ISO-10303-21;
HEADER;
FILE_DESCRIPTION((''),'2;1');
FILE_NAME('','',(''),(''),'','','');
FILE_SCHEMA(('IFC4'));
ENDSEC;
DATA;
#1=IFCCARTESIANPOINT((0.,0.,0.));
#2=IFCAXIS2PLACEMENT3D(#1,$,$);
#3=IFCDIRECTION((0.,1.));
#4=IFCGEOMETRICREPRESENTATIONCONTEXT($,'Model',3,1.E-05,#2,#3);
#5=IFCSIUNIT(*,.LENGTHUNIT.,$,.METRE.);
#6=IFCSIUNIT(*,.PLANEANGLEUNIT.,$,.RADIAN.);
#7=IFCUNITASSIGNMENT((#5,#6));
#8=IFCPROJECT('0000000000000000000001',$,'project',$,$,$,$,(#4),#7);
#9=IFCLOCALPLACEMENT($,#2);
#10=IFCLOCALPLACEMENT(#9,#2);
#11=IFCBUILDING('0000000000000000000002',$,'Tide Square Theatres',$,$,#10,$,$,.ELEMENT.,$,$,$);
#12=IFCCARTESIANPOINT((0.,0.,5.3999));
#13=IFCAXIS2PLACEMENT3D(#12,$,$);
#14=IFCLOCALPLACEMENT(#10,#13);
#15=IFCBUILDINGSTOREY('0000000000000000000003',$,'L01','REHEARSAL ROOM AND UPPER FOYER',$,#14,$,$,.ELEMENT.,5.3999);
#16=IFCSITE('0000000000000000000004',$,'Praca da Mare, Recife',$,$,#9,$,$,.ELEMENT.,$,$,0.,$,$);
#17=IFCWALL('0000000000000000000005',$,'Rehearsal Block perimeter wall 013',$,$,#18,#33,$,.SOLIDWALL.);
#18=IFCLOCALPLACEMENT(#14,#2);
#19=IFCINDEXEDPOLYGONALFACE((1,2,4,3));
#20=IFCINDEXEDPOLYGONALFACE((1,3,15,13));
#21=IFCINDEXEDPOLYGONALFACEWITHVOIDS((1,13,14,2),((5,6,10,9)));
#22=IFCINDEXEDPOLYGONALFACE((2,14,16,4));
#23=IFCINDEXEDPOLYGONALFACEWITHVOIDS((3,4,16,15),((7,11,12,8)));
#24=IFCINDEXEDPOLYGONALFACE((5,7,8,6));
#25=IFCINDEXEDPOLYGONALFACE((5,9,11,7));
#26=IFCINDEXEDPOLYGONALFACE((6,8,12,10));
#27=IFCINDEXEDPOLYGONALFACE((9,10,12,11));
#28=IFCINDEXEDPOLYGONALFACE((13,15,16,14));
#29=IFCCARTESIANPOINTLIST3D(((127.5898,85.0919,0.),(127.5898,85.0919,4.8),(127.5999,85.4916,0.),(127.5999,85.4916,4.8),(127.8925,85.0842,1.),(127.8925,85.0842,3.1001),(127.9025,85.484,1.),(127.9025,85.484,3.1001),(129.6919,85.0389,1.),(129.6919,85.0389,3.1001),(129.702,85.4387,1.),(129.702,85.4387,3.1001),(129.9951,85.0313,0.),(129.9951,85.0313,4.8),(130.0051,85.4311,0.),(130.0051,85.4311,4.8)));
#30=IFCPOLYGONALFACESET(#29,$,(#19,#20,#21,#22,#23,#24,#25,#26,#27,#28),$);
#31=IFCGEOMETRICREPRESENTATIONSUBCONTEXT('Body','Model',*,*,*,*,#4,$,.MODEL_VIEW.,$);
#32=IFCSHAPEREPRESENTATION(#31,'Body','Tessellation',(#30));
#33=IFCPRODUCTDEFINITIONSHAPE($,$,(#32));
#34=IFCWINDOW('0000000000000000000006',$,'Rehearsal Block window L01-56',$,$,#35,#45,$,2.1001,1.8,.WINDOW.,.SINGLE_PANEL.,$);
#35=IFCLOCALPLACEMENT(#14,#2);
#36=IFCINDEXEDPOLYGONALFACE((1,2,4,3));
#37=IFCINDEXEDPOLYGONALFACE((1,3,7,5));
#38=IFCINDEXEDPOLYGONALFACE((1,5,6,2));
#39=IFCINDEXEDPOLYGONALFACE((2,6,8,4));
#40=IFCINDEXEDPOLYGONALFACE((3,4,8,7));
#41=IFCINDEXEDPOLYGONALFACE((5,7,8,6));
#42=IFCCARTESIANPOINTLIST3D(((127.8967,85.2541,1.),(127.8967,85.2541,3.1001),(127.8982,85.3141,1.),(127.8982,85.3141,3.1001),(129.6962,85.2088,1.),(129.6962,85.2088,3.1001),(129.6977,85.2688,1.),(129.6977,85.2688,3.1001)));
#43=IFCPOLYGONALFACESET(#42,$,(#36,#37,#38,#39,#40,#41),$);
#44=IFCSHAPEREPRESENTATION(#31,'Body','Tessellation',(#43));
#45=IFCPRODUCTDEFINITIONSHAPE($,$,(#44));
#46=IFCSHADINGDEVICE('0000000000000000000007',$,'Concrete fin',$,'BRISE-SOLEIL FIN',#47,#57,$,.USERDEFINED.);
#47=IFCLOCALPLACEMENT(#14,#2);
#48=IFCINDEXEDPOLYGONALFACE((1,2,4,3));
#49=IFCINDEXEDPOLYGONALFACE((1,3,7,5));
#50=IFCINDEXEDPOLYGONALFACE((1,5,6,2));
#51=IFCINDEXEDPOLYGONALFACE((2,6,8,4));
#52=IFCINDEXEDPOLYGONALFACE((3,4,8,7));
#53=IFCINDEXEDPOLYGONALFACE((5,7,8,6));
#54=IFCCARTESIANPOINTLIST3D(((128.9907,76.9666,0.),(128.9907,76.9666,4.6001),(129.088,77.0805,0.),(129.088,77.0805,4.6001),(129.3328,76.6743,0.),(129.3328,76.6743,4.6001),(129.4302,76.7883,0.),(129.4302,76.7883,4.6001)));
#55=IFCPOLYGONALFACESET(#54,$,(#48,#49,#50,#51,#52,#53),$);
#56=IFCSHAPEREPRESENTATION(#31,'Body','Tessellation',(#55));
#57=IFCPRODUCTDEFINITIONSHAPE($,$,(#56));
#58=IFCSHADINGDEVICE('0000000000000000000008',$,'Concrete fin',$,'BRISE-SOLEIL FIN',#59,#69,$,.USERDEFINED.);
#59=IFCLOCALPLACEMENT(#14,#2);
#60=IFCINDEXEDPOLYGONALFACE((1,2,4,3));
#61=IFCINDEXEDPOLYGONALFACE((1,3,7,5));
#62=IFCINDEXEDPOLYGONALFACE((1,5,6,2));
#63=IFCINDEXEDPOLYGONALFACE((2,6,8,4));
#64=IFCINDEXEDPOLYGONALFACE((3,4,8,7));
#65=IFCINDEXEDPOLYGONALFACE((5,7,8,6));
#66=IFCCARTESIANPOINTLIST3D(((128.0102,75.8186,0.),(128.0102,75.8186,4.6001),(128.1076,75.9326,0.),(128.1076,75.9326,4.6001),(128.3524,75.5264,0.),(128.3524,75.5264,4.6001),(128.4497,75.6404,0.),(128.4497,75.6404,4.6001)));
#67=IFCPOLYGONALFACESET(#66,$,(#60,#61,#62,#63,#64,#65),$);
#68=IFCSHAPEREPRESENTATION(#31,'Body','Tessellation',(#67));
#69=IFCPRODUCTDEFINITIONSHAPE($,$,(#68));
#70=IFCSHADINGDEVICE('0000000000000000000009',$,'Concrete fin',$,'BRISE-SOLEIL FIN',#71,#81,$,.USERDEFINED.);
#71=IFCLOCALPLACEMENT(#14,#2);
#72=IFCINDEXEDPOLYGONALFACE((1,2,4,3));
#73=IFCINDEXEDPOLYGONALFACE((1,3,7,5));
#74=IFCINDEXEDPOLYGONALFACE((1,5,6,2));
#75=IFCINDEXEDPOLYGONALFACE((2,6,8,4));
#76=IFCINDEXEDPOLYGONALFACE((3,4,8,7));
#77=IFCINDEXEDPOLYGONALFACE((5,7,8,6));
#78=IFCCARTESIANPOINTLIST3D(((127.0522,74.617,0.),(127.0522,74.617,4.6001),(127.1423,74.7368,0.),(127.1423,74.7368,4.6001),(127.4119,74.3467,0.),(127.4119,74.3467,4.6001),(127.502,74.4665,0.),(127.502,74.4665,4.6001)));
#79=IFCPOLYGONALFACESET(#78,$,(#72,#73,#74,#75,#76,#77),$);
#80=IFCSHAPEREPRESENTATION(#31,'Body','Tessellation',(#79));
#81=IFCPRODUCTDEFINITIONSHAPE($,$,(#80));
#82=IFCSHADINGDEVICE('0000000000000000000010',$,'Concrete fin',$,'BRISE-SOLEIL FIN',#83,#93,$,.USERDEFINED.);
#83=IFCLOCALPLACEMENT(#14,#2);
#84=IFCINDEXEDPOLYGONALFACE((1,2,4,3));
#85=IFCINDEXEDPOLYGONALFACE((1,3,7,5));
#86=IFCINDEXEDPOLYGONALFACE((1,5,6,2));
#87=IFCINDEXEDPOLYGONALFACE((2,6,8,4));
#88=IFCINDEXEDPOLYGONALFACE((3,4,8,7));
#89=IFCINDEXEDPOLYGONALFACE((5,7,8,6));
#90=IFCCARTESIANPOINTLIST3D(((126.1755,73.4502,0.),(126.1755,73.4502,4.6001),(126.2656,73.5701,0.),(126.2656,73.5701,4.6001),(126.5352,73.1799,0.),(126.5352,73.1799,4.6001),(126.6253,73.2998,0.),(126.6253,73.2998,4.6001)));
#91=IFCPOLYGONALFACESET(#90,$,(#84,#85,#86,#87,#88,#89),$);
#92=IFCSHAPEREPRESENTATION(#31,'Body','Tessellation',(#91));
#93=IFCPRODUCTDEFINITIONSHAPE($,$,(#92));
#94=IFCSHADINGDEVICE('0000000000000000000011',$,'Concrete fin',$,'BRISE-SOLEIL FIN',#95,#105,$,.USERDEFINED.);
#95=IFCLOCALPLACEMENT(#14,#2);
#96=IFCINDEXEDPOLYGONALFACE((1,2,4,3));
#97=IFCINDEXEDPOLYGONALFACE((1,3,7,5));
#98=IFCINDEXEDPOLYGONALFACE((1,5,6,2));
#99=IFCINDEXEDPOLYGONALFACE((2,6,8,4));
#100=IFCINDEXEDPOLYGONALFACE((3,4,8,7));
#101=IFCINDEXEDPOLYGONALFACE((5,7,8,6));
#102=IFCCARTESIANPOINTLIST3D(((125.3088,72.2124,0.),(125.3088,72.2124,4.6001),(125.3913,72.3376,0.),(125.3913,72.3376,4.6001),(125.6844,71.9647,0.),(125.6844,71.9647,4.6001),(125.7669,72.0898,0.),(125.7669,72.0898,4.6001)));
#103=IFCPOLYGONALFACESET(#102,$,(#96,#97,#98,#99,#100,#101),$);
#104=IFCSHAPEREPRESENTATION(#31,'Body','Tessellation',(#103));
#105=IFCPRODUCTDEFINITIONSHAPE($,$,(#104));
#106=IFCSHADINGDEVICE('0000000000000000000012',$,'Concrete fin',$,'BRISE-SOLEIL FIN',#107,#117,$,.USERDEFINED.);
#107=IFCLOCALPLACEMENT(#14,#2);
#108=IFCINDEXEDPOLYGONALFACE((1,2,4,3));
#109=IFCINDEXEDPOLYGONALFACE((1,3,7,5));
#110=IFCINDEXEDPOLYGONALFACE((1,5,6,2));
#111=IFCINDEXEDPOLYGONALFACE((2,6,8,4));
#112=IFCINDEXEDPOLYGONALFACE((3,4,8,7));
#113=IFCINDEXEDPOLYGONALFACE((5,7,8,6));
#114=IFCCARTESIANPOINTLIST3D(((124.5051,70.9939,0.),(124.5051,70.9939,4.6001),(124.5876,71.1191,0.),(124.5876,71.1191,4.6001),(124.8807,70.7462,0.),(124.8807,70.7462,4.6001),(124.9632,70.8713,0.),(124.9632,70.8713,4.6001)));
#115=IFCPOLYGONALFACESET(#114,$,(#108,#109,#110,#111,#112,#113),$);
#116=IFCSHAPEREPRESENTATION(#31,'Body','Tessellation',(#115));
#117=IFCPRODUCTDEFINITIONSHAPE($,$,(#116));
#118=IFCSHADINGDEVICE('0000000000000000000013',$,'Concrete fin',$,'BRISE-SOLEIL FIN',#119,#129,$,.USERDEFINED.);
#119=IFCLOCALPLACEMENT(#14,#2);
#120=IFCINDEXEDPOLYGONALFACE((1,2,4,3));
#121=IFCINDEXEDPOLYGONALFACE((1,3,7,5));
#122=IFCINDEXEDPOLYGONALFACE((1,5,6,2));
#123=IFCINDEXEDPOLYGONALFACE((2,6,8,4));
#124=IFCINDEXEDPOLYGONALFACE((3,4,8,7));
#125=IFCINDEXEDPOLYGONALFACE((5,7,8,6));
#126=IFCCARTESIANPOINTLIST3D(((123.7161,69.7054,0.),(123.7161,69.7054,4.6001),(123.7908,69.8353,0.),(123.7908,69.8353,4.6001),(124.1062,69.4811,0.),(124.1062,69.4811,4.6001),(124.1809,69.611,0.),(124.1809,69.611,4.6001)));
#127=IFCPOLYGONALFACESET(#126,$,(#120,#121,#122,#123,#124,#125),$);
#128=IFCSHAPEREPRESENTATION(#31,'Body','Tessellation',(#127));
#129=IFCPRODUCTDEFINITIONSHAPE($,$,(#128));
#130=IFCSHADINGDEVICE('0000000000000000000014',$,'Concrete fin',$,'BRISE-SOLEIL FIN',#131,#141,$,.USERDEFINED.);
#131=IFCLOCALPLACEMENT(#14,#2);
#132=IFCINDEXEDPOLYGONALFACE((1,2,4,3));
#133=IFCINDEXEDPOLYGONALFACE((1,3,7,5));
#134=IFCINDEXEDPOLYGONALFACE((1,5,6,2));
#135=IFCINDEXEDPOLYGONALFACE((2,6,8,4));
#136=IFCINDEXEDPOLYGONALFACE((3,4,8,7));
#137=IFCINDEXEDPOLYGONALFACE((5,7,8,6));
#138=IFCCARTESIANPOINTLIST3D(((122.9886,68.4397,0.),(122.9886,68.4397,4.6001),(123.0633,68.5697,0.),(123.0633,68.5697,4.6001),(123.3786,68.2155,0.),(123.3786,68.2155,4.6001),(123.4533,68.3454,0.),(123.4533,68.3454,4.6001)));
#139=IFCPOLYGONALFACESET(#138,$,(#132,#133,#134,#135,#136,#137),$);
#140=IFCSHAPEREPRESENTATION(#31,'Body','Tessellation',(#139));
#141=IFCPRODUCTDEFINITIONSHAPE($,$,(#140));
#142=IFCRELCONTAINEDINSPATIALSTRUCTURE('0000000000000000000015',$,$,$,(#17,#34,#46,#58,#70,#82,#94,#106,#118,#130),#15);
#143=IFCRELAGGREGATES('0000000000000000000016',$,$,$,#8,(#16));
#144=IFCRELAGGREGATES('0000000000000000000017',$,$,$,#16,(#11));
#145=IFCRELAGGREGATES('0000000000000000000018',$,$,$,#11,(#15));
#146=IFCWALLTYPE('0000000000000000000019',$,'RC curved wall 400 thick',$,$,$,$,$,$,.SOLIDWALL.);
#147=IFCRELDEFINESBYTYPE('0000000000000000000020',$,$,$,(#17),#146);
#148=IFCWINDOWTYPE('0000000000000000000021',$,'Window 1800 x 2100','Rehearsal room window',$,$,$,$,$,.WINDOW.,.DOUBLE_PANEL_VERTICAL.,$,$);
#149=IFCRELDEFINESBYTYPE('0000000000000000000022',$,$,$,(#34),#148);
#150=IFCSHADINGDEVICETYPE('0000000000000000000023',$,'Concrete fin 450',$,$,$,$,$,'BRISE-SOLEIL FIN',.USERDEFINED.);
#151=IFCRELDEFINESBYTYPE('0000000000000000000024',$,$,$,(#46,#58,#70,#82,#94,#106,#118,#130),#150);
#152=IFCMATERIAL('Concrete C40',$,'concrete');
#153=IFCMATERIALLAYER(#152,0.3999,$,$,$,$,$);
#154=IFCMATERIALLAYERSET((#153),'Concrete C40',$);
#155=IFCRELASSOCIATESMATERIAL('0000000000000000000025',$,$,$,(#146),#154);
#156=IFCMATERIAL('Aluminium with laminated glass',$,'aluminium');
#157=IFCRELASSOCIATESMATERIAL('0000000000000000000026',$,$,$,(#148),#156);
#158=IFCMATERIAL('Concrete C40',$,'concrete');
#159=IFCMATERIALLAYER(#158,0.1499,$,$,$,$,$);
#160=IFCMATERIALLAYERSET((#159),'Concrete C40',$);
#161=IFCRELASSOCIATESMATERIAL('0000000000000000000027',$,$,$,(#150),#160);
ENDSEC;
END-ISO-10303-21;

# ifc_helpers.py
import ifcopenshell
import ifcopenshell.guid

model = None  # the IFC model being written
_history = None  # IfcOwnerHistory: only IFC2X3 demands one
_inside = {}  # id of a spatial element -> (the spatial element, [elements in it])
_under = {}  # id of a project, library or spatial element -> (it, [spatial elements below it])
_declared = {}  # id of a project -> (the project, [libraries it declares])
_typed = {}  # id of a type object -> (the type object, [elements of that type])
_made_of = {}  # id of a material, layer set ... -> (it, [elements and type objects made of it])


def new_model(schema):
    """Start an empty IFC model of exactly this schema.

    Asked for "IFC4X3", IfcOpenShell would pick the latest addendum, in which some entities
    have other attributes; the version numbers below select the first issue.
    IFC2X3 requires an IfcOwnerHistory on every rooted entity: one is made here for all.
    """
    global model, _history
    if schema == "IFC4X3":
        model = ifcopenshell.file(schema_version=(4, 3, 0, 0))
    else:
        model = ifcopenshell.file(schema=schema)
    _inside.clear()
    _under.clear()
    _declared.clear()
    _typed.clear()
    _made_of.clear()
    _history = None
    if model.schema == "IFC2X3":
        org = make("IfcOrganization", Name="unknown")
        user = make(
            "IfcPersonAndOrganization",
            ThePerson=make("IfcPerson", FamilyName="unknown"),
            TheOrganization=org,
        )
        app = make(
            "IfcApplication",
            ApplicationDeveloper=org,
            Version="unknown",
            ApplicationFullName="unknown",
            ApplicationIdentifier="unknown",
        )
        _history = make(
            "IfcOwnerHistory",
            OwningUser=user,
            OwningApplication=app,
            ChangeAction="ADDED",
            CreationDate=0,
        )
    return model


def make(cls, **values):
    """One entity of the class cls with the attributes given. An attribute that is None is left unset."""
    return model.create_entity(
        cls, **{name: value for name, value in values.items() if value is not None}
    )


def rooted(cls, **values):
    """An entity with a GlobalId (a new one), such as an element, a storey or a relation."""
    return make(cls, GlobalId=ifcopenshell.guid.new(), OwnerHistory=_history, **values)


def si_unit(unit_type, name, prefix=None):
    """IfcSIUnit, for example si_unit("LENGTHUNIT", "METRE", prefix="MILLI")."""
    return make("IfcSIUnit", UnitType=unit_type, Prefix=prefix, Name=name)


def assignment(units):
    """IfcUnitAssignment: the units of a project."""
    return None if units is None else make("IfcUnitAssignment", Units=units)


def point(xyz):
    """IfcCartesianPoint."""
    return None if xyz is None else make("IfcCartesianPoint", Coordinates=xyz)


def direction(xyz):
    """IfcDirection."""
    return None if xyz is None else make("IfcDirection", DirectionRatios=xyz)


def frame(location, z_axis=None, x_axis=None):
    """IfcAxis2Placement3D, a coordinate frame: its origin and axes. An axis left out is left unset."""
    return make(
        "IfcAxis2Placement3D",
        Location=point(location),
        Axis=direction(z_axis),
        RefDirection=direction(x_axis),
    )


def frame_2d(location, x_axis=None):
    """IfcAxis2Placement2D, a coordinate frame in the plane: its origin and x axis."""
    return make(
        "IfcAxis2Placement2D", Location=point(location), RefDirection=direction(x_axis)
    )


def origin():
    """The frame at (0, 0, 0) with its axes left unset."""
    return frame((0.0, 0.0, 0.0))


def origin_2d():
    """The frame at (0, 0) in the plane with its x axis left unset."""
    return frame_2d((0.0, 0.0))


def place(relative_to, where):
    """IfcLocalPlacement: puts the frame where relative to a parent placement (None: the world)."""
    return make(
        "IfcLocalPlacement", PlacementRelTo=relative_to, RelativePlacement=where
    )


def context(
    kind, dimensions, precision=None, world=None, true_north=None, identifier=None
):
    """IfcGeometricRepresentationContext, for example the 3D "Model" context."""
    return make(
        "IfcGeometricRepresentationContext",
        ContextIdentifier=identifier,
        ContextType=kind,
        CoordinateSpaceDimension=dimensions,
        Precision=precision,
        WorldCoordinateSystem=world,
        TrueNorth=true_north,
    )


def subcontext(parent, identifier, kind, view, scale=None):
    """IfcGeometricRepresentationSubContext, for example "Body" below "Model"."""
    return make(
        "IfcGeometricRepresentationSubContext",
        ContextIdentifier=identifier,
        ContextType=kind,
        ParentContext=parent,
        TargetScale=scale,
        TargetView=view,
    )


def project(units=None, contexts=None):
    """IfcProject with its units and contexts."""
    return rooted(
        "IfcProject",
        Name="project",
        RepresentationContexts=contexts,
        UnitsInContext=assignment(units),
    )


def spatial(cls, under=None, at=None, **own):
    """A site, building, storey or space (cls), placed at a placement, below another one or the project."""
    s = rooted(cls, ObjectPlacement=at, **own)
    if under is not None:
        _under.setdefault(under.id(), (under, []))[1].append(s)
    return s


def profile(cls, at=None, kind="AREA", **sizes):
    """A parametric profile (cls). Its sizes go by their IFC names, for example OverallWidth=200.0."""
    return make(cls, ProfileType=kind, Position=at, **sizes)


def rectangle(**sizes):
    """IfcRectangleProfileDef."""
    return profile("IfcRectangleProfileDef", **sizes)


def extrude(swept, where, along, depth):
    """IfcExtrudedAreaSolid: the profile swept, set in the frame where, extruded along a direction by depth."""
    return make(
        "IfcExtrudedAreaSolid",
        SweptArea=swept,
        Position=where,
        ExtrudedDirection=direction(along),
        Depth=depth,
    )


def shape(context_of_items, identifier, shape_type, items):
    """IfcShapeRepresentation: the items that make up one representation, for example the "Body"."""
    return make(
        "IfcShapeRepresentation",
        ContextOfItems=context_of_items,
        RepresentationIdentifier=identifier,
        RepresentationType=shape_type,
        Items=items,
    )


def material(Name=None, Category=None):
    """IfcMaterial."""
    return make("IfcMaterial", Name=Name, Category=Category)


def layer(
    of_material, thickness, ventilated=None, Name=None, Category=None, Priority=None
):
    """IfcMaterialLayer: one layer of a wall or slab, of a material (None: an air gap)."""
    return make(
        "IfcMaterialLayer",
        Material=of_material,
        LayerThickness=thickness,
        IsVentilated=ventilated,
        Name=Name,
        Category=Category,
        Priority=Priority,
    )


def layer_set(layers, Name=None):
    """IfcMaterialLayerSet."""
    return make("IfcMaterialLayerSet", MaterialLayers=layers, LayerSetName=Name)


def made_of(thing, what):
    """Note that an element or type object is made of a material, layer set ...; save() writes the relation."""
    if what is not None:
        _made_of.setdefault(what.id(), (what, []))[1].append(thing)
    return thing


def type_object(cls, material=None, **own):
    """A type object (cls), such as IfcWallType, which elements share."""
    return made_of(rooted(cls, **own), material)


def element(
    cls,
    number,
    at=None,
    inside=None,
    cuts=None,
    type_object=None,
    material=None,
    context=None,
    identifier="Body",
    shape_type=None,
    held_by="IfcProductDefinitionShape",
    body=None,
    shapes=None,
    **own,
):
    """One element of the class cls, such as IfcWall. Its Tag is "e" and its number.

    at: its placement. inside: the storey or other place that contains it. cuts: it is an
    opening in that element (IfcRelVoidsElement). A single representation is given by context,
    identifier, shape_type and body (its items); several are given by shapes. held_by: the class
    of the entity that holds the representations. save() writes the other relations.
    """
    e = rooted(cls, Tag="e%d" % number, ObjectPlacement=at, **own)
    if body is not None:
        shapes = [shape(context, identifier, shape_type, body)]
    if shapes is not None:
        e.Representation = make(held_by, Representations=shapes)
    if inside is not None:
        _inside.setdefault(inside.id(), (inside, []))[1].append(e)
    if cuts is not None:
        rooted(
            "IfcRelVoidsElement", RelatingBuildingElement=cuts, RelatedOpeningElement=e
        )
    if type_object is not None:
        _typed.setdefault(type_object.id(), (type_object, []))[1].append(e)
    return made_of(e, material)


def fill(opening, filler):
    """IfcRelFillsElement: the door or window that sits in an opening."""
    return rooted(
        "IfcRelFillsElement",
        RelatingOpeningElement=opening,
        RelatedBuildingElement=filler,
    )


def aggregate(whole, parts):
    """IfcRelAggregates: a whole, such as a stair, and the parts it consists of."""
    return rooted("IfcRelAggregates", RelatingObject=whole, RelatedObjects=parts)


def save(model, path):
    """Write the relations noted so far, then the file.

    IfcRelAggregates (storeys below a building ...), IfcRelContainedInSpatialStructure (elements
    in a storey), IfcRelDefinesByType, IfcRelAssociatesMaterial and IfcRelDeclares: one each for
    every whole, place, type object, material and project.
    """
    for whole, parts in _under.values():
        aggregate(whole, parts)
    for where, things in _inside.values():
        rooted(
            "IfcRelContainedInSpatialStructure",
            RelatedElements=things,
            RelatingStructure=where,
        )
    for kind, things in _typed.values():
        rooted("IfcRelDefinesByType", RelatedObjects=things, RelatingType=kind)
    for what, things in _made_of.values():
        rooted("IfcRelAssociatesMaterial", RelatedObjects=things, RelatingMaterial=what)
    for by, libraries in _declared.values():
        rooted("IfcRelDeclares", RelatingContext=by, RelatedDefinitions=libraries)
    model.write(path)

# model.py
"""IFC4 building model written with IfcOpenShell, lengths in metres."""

from ifc_helpers import new_model, si_unit, direction, frame, frame_2d, origin, origin_2d, place, context, subcontext, project, spatial, rectangle, extrude, material, layer, layer_set, type_object, element, fill, save


model = new_model("IFC4")

# Units and contexts
model_context = context("Model", 3, precision=1e-05, world=origin(), true_north=direction((0.0, 1.0)))
body_context = subcontext(model_context, "Body", "Model", "MODEL_VIEW")
ifc_project = project(units=[si_unit("LENGTHUNIT", "METRE"), si_unit("PLANEANGLEUNIT", "RADIAN")], contexts=[model_context])

# Site, building, storey
site_placement = place(None, origin())
site = spatial("IfcSite", under=ifc_project, at=site_placement, Name="Praca da Mare, Recife", CompositionType="ELEMENT", RefElevation=0.0)
building_placement = place(site_placement, origin())
building = spatial("IfcBuilding", under=site, at=building_placement, Name="Tide Square Theatres", CompositionType="ELEMENT")
storey_placement = place(building_placement, frame((0.0, 0.0, 5.3999)))
storey = spatial("IfcBuildingStorey", under=building, at=storey_placement, Name="L01", Description="REHEARSAL ROOM AND UPPER FOYER", CompositionType="ELEMENT", Elevation=5.3999)

# Wall, opening, window
ifc_material_1 = material(Name="Concrete C40", Category="concrete")
ifc_layer_1 = layer(ifc_material_1, 0.3999)
ifc_layer_set_1 = layer_set([ifc_layer_1], Name="Concrete C40")
wall_type = type_object("IfcWallType", Name="RC curved wall 400 thick", PredefinedType="SOLIDWALL", material=ifc_layer_set_1)
ifc_material_2 = material(Name="Aluminium with laminated glass", Category="aluminium")
window_type_1 = type_object("IfcWindowType", Name="Window 1800 x 2100", Description="Rehearsal room window", PartitioningType="DOUBLE_PANEL_VERTICAL", PredefinedType="WINDOW", material=ifc_material_2)
wall_1_placement = place(storey_placement, frame((127.5947, 85.2917, 0.0), z_axis=(0.0, 0.0, 1.0), x_axis=(0.999683, -0.025165, 0.0)))
wall_1 = element("IfcWall", 1, at=wall_1_placement, inside=storey, type_object=wall_type, Name="Rehearsal Block perimeter wall 013", PredefinedType="SOLIDWALL", context=body_context, shape_type="SweptSolid", body=[
    extrude(rectangle(XDim=2.406, YDim=0.3999, at=frame_2d((1.2031, 0.0))), origin(), (0.0, 0.0, 1.0), 4.8),
])
opening_1_placement = place(wall_1_placement, frame((0.303, 0.0, 1.0)))
opening_1 = element("IfcOpeningElement", 2, at=opening_1_placement, cuts=wall_1, PredefinedType="OPENING", context=body_context, shape_type="SweptSolid", body=[
    extrude(rectangle(XDim=1.8, YDim=2.1001, at=frame_2d((0.8999, 1.05))), frame((0.0, 0.21, 0.0), z_axis=(0.0, -1.0, 0.0), x_axis=(1.0, 0.0, 0.0)), (0.0, 0.0, 1.0), 0.4199),
])
window_1_placement = place(opening_1_placement, origin())
window_1 = element("IfcWindow", 3, at=window_1_placement, inside=storey, type_object=window_type_1, Name="Rehearsal Block window L01-56", OverallHeight=2.1001, OverallWidth=1.8, PartitioningType="SINGLE_PANEL", PredefinedType="WINDOW", context=body_context, shape_type="SweptSolid", body=[
    extrude(rectangle(XDim=1.8, YDim=2.1001, at=frame_2d((0.8999, 1.05))), frame((0.0, 0.03, 0.0), z_axis=(0.0, -1.0, 0.0), x_axis=(1.0, 0.0, 0.0)), (0.0, 0.0, 1.0), 0.0601),
])
fill(opening_1, window_1)

# Shading devices
ifc_material_3 = material(Name="Concrete C40", Category="concrete")
ifc_layer_2 = layer(ifc_material_3, 0.1499)
ifc_layer_set_2 = layer_set([ifc_layer_2], Name="Concrete C40")
shading_device_type = type_object("IfcShadingDeviceType", Name="Concrete fin 450", ElementType="BRISE-SOLEIL FIN", PredefinedType="USERDEFINED", material=ifc_layer_set_2)
for number, where, z_axis, x_axis, name in (
    (4, (129.2104, 76.8774, 0.0), (0.0, 0.0, 1.0), (-0.649435, -0.760417, 0.0), "Concrete fin"),
    (5, (128.23, 75.7295, 0.0), (0.0, 0.0, 1.0), (-0.649435, -0.760417, 0.0), "Concrete fin"),
    (6, (127.2771, 74.5417, 0.0), (0.0, 0.0, 1.0), (-0.600769, -0.799423, 0.0), "Concrete fin"),
    (7, (126.4004, 73.375, 0.0), (0.0, 0.0, 1.0), (-0.600769, -0.799423, 0.0), "Concrete fin"),
    (8, (125.5378, 72.1511, 0.0), (0.0, 0.0, 1.0), (-0.550612, -0.834761, 0.0), "Concrete fin"),
    (9, (124.7341, 70.9326, 0.0), (0.0, 0.0, 1.0), (-0.550612, -0.834761, 0.0), "Concrete fin"),
    (10, (123.9485, 69.6582, 0.0), (0.0, 0.0, 1.0), (-0.498442, -0.866923, 0.0), "Concrete fin"),
    (11, (123.2209, 68.3926, 0.0), (0.0, 0.0, 1.0), (-0.498442, -0.866923, 0.0), "Concrete fin"),
):
    element("IfcShadingDevice", number, at=place(storey_placement, frame(where, z_axis=z_axis, x_axis=x_axis)), inside=storey, type_object=shading_device_type, Name=name, ObjectType="BRISE-SOLEIL FIN", PredefinedType="USERDEFINED", context=body_context, shape_type="SweptSolid", body=[
        extrude(rectangle(XDim=0.1499, YDim=0.45, at=origin_2d()), origin(), (0.0, 0.0, 1.0), 4.6001),
    ])

save(model, "model.ifc")
